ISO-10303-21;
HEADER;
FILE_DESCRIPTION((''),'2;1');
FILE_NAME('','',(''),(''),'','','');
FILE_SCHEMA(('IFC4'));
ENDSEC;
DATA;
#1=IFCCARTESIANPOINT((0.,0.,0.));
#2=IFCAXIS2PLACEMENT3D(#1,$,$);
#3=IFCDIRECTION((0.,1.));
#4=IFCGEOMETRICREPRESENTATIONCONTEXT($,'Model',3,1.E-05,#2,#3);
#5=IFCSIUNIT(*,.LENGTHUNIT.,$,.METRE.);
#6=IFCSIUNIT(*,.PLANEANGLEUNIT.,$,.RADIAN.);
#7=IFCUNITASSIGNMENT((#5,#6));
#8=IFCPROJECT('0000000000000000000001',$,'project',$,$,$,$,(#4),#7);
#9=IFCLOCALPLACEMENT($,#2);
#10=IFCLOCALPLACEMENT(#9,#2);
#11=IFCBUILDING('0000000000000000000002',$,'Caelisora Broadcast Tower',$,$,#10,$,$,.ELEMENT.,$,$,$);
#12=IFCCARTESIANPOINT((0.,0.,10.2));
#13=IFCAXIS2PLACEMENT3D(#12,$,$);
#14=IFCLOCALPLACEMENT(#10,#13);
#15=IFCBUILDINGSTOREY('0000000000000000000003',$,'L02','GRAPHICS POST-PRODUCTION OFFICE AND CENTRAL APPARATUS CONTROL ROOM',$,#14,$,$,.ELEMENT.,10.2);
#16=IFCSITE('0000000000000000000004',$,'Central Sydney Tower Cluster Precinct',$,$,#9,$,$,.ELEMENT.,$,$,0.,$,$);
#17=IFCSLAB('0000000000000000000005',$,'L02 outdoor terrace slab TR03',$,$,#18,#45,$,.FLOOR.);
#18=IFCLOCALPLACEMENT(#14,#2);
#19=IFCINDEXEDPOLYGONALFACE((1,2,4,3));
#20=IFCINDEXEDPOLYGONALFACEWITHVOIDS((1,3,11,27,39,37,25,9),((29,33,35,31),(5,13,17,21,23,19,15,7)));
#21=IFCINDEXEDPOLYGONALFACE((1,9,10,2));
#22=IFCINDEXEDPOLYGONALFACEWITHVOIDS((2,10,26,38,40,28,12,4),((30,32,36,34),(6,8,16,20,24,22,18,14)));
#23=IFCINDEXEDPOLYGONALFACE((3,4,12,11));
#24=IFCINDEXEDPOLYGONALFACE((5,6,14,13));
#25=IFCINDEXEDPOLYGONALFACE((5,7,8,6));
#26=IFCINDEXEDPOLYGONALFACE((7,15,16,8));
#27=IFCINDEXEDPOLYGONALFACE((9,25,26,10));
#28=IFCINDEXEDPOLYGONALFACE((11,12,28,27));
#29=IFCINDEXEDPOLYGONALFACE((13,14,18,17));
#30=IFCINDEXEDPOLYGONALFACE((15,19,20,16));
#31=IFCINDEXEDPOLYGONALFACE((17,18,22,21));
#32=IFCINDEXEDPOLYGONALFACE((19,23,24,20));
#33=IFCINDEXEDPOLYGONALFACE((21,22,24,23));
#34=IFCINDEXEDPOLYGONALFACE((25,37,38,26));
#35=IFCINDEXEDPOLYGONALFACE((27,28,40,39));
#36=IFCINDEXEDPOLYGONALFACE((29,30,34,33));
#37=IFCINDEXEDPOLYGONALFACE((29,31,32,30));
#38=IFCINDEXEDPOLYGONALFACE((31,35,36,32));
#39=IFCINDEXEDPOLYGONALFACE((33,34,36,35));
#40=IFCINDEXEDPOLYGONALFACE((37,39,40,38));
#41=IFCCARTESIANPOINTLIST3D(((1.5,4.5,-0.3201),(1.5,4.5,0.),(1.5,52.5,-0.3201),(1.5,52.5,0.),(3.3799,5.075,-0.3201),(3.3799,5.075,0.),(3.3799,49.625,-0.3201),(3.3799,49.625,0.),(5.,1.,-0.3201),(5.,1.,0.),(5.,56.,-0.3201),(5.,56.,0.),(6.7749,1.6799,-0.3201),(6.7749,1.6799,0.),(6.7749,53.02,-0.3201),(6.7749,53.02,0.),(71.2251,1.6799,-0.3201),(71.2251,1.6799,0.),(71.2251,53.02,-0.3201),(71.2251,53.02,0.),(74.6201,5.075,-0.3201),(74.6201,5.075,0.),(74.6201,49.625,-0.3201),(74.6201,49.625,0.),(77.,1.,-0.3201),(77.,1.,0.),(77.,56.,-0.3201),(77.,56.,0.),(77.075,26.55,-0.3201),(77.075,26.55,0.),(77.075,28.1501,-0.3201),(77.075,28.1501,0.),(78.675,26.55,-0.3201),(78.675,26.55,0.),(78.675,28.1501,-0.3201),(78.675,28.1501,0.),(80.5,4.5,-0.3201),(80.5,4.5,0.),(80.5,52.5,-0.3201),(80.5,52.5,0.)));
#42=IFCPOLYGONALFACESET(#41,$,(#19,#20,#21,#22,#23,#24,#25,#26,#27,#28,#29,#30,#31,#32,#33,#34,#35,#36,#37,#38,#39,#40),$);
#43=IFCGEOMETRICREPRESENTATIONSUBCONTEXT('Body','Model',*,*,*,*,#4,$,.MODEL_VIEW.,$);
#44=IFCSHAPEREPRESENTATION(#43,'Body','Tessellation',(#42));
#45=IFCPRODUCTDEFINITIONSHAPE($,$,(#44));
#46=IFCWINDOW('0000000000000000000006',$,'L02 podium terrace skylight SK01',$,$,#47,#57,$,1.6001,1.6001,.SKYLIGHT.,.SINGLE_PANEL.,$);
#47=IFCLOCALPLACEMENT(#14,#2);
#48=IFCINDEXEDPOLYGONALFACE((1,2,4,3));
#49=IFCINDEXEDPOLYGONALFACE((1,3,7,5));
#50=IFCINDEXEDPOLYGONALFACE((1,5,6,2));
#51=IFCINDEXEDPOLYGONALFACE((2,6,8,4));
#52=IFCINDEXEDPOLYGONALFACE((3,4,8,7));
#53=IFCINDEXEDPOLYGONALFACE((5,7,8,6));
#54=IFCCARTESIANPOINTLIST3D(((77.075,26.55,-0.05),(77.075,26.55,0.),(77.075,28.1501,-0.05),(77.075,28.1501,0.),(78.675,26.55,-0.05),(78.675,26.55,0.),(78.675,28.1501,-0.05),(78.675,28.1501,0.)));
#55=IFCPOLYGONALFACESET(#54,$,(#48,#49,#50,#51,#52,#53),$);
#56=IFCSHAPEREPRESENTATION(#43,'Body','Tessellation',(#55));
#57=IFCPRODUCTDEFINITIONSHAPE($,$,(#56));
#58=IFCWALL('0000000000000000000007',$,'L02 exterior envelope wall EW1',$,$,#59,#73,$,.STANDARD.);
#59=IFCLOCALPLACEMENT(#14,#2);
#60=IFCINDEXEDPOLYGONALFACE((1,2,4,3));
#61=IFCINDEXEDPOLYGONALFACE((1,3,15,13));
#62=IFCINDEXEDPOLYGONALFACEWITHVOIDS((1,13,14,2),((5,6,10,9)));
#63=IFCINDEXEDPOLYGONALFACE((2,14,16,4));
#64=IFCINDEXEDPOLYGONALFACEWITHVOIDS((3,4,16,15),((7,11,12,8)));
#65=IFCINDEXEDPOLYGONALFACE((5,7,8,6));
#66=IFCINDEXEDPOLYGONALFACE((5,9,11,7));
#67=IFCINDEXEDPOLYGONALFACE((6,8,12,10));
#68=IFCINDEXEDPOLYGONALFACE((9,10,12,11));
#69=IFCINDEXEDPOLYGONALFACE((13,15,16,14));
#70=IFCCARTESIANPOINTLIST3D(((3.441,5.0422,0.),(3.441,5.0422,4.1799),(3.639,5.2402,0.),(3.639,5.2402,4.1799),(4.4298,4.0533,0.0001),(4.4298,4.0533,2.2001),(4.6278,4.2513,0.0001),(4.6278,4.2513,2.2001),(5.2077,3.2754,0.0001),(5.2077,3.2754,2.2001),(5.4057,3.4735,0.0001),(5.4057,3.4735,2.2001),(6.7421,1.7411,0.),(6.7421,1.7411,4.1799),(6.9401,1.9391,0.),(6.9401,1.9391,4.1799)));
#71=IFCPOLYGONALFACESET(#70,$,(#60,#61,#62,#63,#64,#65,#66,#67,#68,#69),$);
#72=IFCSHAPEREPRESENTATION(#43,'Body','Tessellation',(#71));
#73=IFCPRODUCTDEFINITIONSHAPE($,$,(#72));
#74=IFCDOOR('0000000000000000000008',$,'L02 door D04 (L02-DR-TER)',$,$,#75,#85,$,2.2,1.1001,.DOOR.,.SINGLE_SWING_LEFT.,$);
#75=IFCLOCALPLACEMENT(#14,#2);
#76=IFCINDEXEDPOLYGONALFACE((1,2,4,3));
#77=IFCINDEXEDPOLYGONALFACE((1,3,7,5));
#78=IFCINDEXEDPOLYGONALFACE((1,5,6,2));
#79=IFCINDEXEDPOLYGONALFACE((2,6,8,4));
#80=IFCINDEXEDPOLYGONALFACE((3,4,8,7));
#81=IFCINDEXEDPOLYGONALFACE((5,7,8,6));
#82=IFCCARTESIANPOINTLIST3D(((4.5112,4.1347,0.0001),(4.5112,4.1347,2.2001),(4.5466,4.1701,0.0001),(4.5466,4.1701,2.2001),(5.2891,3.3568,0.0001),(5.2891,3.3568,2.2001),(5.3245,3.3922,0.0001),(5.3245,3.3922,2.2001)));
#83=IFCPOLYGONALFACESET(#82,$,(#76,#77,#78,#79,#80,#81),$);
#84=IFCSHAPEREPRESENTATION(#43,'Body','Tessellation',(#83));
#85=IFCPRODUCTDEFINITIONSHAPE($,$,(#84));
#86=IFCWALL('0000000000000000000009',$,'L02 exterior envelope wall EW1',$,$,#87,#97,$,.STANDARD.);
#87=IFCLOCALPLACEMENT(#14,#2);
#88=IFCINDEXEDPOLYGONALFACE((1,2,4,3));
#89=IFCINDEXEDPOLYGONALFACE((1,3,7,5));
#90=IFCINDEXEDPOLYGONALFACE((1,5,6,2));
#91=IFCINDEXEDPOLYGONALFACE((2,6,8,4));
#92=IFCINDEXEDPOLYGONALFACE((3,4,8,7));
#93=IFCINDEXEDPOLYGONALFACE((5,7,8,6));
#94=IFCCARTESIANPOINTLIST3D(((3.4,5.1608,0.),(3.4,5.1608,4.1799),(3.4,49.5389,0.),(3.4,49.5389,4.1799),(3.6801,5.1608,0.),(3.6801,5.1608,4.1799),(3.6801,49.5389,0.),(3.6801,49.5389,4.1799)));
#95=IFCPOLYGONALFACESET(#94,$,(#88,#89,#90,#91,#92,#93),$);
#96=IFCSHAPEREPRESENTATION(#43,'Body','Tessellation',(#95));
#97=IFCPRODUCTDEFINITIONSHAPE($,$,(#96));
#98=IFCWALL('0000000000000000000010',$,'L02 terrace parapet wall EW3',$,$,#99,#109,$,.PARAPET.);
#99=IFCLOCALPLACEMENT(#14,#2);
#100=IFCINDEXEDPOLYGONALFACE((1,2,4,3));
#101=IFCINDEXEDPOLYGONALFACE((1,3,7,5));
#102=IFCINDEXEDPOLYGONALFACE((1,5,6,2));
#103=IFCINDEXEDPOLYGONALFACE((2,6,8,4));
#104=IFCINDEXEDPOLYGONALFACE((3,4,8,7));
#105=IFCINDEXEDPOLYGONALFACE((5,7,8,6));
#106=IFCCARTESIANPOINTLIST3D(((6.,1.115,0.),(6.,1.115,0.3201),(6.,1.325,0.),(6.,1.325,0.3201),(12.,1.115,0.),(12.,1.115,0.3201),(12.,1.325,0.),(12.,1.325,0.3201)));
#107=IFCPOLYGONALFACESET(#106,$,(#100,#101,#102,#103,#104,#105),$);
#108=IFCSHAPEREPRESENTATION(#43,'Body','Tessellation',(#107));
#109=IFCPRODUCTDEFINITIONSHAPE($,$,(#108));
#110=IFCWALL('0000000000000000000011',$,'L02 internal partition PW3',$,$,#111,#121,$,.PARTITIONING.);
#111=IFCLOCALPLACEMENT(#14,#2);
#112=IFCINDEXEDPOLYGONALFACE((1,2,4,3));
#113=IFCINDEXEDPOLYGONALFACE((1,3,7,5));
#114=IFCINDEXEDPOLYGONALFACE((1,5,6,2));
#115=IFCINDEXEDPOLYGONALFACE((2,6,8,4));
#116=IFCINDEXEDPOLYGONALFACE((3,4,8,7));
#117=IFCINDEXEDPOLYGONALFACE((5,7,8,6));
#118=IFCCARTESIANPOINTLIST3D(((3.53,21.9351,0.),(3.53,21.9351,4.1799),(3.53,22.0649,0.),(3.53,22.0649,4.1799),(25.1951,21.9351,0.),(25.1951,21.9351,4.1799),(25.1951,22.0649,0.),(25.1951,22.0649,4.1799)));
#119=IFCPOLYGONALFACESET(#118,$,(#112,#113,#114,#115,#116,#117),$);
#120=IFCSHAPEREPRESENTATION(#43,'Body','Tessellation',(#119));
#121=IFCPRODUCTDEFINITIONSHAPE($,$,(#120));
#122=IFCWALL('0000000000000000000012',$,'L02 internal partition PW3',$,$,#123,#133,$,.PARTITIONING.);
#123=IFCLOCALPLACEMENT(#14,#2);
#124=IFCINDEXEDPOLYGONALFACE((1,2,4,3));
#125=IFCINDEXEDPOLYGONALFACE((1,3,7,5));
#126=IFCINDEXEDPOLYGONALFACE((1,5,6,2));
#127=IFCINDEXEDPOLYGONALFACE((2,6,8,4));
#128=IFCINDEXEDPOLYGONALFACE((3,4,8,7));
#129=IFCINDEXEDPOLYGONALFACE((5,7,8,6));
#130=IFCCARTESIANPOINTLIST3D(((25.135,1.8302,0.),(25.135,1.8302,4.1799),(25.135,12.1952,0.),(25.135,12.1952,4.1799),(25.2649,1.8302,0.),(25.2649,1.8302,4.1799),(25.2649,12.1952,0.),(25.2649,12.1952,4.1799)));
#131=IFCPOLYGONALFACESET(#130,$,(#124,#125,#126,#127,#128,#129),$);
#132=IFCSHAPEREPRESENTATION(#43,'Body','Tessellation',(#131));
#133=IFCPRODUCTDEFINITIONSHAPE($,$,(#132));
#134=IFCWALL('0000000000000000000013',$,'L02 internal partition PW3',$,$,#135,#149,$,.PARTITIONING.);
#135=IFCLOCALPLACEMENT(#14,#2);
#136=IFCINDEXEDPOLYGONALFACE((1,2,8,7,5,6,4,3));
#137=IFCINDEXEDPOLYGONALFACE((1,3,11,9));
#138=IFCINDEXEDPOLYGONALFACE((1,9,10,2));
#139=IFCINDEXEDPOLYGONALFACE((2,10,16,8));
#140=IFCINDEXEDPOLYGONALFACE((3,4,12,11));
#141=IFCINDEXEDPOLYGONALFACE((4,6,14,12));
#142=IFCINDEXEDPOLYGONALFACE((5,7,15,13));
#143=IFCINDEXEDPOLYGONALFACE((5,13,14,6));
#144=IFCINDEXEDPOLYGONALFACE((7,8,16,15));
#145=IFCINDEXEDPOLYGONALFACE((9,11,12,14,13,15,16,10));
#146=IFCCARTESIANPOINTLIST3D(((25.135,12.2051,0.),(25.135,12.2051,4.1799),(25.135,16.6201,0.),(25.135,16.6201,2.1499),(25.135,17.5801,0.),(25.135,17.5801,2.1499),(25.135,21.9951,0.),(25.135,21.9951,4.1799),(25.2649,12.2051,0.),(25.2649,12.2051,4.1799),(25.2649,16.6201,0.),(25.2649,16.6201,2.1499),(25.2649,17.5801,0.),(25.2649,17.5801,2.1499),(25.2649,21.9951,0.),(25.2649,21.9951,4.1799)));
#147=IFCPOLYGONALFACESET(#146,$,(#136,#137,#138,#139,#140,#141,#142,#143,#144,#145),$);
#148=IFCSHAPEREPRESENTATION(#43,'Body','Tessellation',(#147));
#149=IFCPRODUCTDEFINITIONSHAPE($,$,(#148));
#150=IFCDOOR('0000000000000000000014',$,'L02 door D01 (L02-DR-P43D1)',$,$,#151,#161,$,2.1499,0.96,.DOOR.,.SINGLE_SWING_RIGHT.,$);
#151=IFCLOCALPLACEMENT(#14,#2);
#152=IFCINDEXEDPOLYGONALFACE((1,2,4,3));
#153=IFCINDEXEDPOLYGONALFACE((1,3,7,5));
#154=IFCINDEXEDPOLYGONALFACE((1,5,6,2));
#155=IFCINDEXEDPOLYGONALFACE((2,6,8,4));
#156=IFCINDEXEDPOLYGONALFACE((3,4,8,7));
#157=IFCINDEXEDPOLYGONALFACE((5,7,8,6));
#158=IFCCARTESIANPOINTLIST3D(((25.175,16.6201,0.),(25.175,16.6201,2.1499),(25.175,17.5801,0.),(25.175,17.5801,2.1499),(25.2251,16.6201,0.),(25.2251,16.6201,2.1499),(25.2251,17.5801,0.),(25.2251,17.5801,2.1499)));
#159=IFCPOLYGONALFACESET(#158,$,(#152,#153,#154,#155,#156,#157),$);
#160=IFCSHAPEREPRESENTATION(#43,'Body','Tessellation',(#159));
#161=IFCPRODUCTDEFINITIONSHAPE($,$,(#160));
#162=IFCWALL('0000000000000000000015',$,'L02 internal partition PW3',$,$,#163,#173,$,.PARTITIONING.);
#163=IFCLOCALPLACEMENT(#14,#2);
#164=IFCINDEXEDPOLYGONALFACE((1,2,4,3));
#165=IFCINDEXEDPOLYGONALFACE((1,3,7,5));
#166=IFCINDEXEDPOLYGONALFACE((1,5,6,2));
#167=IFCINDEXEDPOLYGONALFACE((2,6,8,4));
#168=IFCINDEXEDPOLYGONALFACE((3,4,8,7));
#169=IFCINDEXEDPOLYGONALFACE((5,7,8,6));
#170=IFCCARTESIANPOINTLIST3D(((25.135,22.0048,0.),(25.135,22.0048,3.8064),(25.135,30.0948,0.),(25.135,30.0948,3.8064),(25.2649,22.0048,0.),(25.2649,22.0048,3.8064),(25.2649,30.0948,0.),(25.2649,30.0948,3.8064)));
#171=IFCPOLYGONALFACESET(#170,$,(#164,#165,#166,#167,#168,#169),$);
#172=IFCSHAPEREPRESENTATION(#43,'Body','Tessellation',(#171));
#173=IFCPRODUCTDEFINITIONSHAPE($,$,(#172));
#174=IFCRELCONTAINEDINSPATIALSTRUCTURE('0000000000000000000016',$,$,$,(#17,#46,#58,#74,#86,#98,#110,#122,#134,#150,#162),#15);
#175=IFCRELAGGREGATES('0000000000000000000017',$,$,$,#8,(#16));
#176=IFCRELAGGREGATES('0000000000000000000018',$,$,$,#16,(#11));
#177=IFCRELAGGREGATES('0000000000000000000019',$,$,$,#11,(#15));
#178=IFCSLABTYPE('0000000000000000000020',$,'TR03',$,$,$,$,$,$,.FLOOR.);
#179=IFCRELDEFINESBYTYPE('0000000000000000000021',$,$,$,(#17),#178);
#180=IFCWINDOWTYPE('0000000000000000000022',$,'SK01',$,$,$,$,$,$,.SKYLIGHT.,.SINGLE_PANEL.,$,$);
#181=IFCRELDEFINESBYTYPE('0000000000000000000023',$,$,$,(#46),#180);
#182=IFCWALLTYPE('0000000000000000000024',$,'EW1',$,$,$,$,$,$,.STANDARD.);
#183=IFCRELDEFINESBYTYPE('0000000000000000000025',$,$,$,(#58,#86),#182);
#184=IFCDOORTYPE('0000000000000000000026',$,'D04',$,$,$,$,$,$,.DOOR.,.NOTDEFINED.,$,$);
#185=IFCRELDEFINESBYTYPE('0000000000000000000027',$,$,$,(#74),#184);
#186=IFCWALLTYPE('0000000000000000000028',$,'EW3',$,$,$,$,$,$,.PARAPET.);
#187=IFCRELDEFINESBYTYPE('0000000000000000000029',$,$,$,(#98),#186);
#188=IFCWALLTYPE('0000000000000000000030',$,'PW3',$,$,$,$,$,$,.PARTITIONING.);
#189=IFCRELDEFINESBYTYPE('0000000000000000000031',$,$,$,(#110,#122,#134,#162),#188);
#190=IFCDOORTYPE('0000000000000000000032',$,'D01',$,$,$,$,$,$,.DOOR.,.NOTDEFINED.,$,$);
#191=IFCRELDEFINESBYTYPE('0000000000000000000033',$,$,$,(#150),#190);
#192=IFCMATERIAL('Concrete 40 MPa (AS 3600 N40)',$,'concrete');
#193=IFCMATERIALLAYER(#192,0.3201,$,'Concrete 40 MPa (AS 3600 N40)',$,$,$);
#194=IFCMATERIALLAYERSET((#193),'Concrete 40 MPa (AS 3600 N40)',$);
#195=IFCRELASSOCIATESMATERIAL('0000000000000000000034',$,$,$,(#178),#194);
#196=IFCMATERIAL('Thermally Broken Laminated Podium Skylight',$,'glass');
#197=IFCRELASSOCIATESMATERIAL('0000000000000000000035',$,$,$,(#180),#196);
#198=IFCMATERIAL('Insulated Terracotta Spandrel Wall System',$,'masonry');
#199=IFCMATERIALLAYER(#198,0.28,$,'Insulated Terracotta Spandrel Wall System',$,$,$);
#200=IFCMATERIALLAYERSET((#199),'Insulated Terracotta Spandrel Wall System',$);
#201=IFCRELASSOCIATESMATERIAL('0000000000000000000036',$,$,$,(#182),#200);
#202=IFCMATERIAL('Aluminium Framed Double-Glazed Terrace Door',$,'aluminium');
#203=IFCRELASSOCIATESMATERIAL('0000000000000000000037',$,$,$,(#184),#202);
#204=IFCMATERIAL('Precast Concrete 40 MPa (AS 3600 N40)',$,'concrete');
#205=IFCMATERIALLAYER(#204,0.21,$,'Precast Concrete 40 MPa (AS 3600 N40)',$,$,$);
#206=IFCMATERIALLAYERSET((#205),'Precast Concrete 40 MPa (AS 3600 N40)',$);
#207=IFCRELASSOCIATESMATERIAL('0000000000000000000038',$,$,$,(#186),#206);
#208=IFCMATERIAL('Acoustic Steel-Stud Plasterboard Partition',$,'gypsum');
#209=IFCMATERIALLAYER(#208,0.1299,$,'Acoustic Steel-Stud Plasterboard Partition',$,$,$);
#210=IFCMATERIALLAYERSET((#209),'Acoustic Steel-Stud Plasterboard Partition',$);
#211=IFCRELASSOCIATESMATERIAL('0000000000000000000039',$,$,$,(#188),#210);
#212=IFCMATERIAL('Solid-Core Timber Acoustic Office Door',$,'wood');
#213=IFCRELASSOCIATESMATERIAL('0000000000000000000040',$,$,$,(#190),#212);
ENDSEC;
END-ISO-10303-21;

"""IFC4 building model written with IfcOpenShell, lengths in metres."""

from ifc_helpers import new_model, si_unit, direction, frame, frame_2d, origin, origin_2d, place, context, subcontext, project, spatial, polyline, rectangle, outline, extrude, material, layer, layer_set, type_object, element, fill, save


model = new_model("IFC4")

# Units and contexts
model_context = context("Model", 3, precision=1e-05, world=origin(), true_north=direction((0.0, 1.0)))
body_context = subcontext(model_context, "Body", "Model", "MODEL_VIEW")
ifc_project = project(units=[si_unit("LENGTHUNIT", "METRE"), si_unit("PLANEANGLEUNIT", "RADIAN")], contexts=[model_context])

# Site, building, storey
site_placement = place(None, origin())
site = spatial("IfcSite", under=ifc_project, at=site_placement, Name="Central Sydney Tower Cluster Precinct", CompositionType="ELEMENT", RefElevation=0.0)
building_placement = place(site_placement, origin())
building = spatial("IfcBuilding", under=site, at=building_placement, Name="Caelisora Broadcast Tower", CompositionType="ELEMENT")
storey_placement = place(building_placement, frame((0.0, 0.0, 10.2)))
storey = spatial("IfcBuildingStorey", under=building, at=storey_placement, Name="L02", Description="GRAPHICS POST-PRODUCTION OFFICE AND CENTRAL APPARATUS CONTROL ROOM", CompositionType="ELEMENT", Elevation=10.2)

# Shared definitions
ifc_material_1 = material(Name="Concrete 40 MPa (AS 3600 N40)", Category="concrete")

# Slab, opening, window
ifc_layer_1 = layer(ifc_material_1, 0.3201, Name="Concrete 40 MPa (AS 3600 N40)")
ifc_layer_set_1 = layer_set([ifc_layer_1], Name="Concrete 40 MPa (AS 3600 N40)")
slab_type_1 = type_object("IfcSlabType", Name="TR03", PredefinedType="FLOOR", material=ifc_layer_set_1)
slab_1_placement = place(storey_placement, frame((0.0, 0.0, -0.3201)))
slab_1 = element("IfcSlab", 1, at=slab_1_placement, inside=storey, type_object=slab_type_1, Name="L02 outdoor terrace slab TR03", PredefinedType="FLOOR", context=body_context, shape_type="SweptSolid", body=[
    extrude(outline(polyline([(1.5, 4.5), (1.5, 52.5), (5.0, 56.0), (77.0, 56.0), (80.5, 52.5), (80.5, 4.5), (77.0, 1.0), (5.0, 1.0), (1.5, 4.5)]), holes=[polyline([(71.2251, 1.6799), (74.6201, 5.075), (74.6201, 49.625), (71.2251, 53.02), (6.7749, 53.02), (3.3799, 49.625), (3.3799, 5.075), (6.7749, 1.6799), (71.2251, 1.6799)])]), origin(), (0.0, 0.0, 1.0), 0.3201),
])
opening_1_placement = place(slab_1_placement, frame((77.875, 27.3501, 0.0)))
opening_1 = element("IfcOpeningElement", 2, at=opening_1_placement, cuts=slab_1, PredefinedType="OPENING", context=body_context, shape_type="SweptSolid", body=[
    extrude(rectangle(XDim=1.6001, YDim=1.6001, at=origin_2d()), origin(), (0.0, 0.0, 1.0), 0.3201),
])
ifc_material_2 = material(Name="Thermally Broken Laminated Podium Skylight", Category="glass")
window_type = type_object("IfcWindowType", Name="SK01", PartitioningType="SINGLE_PANEL", PredefinedType="SKYLIGHT", material=ifc_material_2)
window_placement = place(opening_1_placement, frame((0.0, 0.0, 0.27)))
window = element("IfcWindow", 3, at=window_placement, inside=storey, type_object=window_type, Name="L02 podium terrace skylight SK01", OverallHeight=1.6001, OverallWidth=1.6001, PartitioningType="SINGLE_PANEL", PredefinedType="SKYLIGHT", context=body_context, shape_type="SweptSolid", body=[
    extrude(rectangle(XDim=1.6001, YDim=1.6001, at=origin_2d()), origin(), (0.0, 0.0, 1.0), 0.05),
])
fill(opening_1, window)

# Wall, opening, door
ifc_material_3 = material(Name="Insulated Terracotta Spandrel Wall System", Category="masonry")
ifc_layer_2 = layer(ifc_material_3, 0.28, Name="Insulated Terracotta Spandrel Wall System")
ifc_layer_set_2 = layer_set([ifc_layer_2], Name="Insulated Terracotta Spandrel Wall System")
wall_type_1 = type_object("IfcWallType", Name="EW1", PredefinedType="STANDARD", material=ifc_layer_set_2)
wall_1_placement = place(storey_placement, frame((6.8411, 1.8401, 0.0), z_axis=(0.0, 0.0, 1.0), x_axis=(-0.707107, 0.707107, 0.0)))
wall_1 = element("IfcWall", 4, at=wall_1_placement, inside=storey, type_object=wall_type_1, Name="L02 exterior envelope wall EW1", PredefinedType="STANDARD", context=body_context, shape_type="SweptSolid", body=[
    extrude(rectangle(XDim=4.6685, YDim=0.28, at=frame_2d((2.3342, 0.0))), origin(), (0.0, 0.0, 1.0), 4.1799),
])
opening_2_placement = place(wall_1_placement, frame((2.1699, 0.0, 0.0)))
opening_2 = element("IfcOpeningElement", 5, at=opening_2_placement, cuts=wall_1, PredefinedType="OPENING", context=body_context, shape_type="SweptSolid", body=[
    extrude(rectangle(XDim=1.1001, YDim=2.2, at=frame_2d((0.55, 1.1001))), frame((0.0, 0.1521, 0.0), z_axis=(0.0, -1.0, 0.0), x_axis=(1.0, 0.0, 0.0)), (0.0, 0.0, 1.0), 0.304),
])
ifc_material_4 = material(Name="Aluminium Framed Double-Glazed Terrace Door", Category="aluminium")
door_type_1 = type_object("IfcDoorType", Name="D04", OperationType="NOTDEFINED", PredefinedType="DOOR", material=ifc_material_4)
door_1_placement = place(opening_2_placement, origin())
door_1 = element("IfcDoor", 6, at=door_1_placement, inside=storey, type_object=door_type_1, Name="L02 door D04 (L02-DR-TER)", OperationType="SINGLE_SWING_LEFT", OverallHeight=2.2, OverallWidth=1.1001, PredefinedType="DOOR", context=body_context, shape_type="SweptSolid", body=[
    extrude(rectangle(XDim=1.1001, YDim=2.2, at=frame_2d((0.55, 1.1001))), frame((0.0, 0.0249, 0.0), z_axis=(0.0, -1.0, 0.0), x_axis=(1.0, 0.0, 0.0)), (0.0, 0.0, 1.0), 0.05),
])
fill(opening_2, door_1)

# Walls
wall_2_placement = place(storey_placement, frame((3.54, 5.1609, 0.0), z_axis=(0.0, 0.0, 1.0), x_axis=(0.0, 1.0, 0.0)))
element("IfcWall", 7, at=wall_2_placement, inside=storey, type_object=wall_type_1, Name="L02 exterior envelope wall EW1", PredefinedType="STANDARD", context=body_context, shape_type="SweptSolid", body=[
    extrude(rectangle(XDim=44.3782, YDim=0.28, at=frame_2d((22.189, 0.0))), origin(), (0.0, 0.0, 1.0), 4.1799),
])
ifc_material_5 = material(Name="Precast Concrete 40 MPa (AS 3600 N40)", Category="concrete")
ifc_layer_3 = layer(ifc_material_5, 0.21, Name="Precast Concrete 40 MPa (AS 3600 N40)")
ifc_layer_set_3 = layer_set([ifc_layer_3], Name="Precast Concrete 40 MPa (AS 3600 N40)")
wall_type_2 = type_object("IfcWallType", Name="EW3", PredefinedType="PARAPET", material=ifc_layer_set_3)
wall_3_placement = place(storey_placement, frame((6.0, 1.22, 0.0), z_axis=(0.0, 0.0, 1.0), x_axis=(1.0, 0.0, 0.0)))
element("IfcWall", 8, at=wall_3_placement, inside=storey, type_object=wall_type_2, Name="L02 terrace parapet wall EW3", PredefinedType="PARAPET", context=body_context, shape_type="SweptSolid", body=[
    extrude(rectangle(XDim=6.0, YDim=0.21, at=frame_2d((3.0, 0.0))), origin(), (0.0, 0.0, 1.0), 0.3201),
])
ifc_material_6 = material(Name="Acoustic Steel-Stud Plasterboard Partition", Category="gypsum")
ifc_layer_4 = layer(ifc_material_6, 0.1299, Name="Acoustic Steel-Stud Plasterboard Partition")
ifc_layer_set_4 = layer_set([ifc_layer_4], Name="Acoustic Steel-Stud Plasterboard Partition")
wall_type_3 = type_object("IfcWallType", Name="PW3", PredefinedType="PARTITIONING", material=ifc_layer_set_4)
wall_4_placement = place(storey_placement, frame((3.53, 22.0, 0.0), z_axis=(0.0, 0.0, 1.0), x_axis=(1.0, 0.0, 0.0)))
element("IfcWall", 9, at=wall_4_placement, inside=storey, type_object=wall_type_3, Name="L02 internal partition PW3", PredefinedType="PARTITIONING", context=body_context, shape_type="SweptSolid", body=[
    extrude(rectangle(XDim=21.665, YDim=0.1299, at=frame_2d((10.8325, 0.0))), origin(), (0.0, 0.0, 1.0), 4.1799),
])
wall_5_placement = place(storey_placement, frame((25.2, 1.8301, 0.0), z_axis=(0.0, 0.0, 1.0), x_axis=(0.0, 1.0, 0.0)))
element("IfcWall", 10, at=wall_5_placement, inside=storey, type_object=wall_type_3, Name="L02 internal partition PW3", PredefinedType="PARTITIONING", context=body_context, shape_type="SweptSolid", body=[
    extrude(rectangle(XDim=10.365, YDim=0.1299, at=frame_2d((5.1826, 0.0))), origin(), (0.0, 0.0, 1.0), 4.1799),
])

# Wall, opening, door
wall_6_placement = place(storey_placement, frame((25.2, 12.2051, 0.0), z_axis=(0.0, 0.0, 1.0), x_axis=(0.0, 1.0, 0.0)))
wall_6 = element("IfcWall", 11, at=wall_6_placement, inside=storey, type_object=wall_type_3, Name="L02 internal partition PW3", PredefinedType="PARTITIONING", context=body_context, shape_type="SweptSolid", body=[
    extrude(rectangle(XDim=9.79, YDim=0.1299, at=frame_2d((4.895, 0.0))), origin(), (0.0, 0.0, 1.0), 4.1799),
])
opening_3_placement = place(wall_6_placement, frame((4.415, 0.0, 0.0)))
opening_3 = element("IfcOpeningElement", 12, at=opening_3_placement, cuts=wall_6, PredefinedType="OPENING", context=body_context, shape_type="SweptSolid", body=[
    extrude(rectangle(XDim=0.96, YDim=2.1499, at=frame_2d((0.48, 1.075))), frame((0.0, 0.0769, 0.0), z_axis=(0.0, -1.0, 0.0), x_axis=(1.0, 0.0, 0.0)), (0.0, 0.0, 1.0), 0.1538),
])
ifc_material_7 = material(Name="Solid-Core Timber Acoustic Office Door", Category="wood")
door_type_2 = type_object("IfcDoorType", Name="D01", OperationType="NOTDEFINED", PredefinedType="DOOR", material=ifc_material_7)
door_2_placement = place(opening_3_placement, origin())
door_2 = element("IfcDoor", 13, at=door_2_placement, inside=storey, type_object=door_type_2, Name="L02 door D01 (L02-DR-P43D1)", OperationType="SINGLE_SWING_RIGHT", OverallHeight=2.1499, OverallWidth=0.96, PredefinedType="DOOR", context=body_context, shape_type="SweptSolid", body=[
    extrude(rectangle(XDim=0.96, YDim=2.1499, at=frame_2d((0.48, 1.075))), frame((0.0, 0.0249, 0.0), z_axis=(0.0, -1.0, 0.0), x_axis=(1.0, 0.0, 0.0)), (0.0, 0.0, 1.0), 0.05),
])
fill(opening_3, door_2)

# Wall
wall_7_placement = place(storey_placement, frame((25.2, 22.0049, 0.0), z_axis=(0.0, 0.0, 1.0), x_axis=(0.0, 1.0, 0.0)))
element("IfcWall", 14, at=wall_7_placement, inside=storey, type_object=wall_type_3, Name="L02 internal partition PW3", PredefinedType="PARTITIONING", context=body_context, shape_type="SweptSolid", body=[
    extrude(rectangle(XDim=8.0901, YDim=0.1299, at=frame_2d((4.0449, 0.0))), origin(), (0.0, 0.0, 1.0), 3.8064),
])

save(model, "model.ifc")
